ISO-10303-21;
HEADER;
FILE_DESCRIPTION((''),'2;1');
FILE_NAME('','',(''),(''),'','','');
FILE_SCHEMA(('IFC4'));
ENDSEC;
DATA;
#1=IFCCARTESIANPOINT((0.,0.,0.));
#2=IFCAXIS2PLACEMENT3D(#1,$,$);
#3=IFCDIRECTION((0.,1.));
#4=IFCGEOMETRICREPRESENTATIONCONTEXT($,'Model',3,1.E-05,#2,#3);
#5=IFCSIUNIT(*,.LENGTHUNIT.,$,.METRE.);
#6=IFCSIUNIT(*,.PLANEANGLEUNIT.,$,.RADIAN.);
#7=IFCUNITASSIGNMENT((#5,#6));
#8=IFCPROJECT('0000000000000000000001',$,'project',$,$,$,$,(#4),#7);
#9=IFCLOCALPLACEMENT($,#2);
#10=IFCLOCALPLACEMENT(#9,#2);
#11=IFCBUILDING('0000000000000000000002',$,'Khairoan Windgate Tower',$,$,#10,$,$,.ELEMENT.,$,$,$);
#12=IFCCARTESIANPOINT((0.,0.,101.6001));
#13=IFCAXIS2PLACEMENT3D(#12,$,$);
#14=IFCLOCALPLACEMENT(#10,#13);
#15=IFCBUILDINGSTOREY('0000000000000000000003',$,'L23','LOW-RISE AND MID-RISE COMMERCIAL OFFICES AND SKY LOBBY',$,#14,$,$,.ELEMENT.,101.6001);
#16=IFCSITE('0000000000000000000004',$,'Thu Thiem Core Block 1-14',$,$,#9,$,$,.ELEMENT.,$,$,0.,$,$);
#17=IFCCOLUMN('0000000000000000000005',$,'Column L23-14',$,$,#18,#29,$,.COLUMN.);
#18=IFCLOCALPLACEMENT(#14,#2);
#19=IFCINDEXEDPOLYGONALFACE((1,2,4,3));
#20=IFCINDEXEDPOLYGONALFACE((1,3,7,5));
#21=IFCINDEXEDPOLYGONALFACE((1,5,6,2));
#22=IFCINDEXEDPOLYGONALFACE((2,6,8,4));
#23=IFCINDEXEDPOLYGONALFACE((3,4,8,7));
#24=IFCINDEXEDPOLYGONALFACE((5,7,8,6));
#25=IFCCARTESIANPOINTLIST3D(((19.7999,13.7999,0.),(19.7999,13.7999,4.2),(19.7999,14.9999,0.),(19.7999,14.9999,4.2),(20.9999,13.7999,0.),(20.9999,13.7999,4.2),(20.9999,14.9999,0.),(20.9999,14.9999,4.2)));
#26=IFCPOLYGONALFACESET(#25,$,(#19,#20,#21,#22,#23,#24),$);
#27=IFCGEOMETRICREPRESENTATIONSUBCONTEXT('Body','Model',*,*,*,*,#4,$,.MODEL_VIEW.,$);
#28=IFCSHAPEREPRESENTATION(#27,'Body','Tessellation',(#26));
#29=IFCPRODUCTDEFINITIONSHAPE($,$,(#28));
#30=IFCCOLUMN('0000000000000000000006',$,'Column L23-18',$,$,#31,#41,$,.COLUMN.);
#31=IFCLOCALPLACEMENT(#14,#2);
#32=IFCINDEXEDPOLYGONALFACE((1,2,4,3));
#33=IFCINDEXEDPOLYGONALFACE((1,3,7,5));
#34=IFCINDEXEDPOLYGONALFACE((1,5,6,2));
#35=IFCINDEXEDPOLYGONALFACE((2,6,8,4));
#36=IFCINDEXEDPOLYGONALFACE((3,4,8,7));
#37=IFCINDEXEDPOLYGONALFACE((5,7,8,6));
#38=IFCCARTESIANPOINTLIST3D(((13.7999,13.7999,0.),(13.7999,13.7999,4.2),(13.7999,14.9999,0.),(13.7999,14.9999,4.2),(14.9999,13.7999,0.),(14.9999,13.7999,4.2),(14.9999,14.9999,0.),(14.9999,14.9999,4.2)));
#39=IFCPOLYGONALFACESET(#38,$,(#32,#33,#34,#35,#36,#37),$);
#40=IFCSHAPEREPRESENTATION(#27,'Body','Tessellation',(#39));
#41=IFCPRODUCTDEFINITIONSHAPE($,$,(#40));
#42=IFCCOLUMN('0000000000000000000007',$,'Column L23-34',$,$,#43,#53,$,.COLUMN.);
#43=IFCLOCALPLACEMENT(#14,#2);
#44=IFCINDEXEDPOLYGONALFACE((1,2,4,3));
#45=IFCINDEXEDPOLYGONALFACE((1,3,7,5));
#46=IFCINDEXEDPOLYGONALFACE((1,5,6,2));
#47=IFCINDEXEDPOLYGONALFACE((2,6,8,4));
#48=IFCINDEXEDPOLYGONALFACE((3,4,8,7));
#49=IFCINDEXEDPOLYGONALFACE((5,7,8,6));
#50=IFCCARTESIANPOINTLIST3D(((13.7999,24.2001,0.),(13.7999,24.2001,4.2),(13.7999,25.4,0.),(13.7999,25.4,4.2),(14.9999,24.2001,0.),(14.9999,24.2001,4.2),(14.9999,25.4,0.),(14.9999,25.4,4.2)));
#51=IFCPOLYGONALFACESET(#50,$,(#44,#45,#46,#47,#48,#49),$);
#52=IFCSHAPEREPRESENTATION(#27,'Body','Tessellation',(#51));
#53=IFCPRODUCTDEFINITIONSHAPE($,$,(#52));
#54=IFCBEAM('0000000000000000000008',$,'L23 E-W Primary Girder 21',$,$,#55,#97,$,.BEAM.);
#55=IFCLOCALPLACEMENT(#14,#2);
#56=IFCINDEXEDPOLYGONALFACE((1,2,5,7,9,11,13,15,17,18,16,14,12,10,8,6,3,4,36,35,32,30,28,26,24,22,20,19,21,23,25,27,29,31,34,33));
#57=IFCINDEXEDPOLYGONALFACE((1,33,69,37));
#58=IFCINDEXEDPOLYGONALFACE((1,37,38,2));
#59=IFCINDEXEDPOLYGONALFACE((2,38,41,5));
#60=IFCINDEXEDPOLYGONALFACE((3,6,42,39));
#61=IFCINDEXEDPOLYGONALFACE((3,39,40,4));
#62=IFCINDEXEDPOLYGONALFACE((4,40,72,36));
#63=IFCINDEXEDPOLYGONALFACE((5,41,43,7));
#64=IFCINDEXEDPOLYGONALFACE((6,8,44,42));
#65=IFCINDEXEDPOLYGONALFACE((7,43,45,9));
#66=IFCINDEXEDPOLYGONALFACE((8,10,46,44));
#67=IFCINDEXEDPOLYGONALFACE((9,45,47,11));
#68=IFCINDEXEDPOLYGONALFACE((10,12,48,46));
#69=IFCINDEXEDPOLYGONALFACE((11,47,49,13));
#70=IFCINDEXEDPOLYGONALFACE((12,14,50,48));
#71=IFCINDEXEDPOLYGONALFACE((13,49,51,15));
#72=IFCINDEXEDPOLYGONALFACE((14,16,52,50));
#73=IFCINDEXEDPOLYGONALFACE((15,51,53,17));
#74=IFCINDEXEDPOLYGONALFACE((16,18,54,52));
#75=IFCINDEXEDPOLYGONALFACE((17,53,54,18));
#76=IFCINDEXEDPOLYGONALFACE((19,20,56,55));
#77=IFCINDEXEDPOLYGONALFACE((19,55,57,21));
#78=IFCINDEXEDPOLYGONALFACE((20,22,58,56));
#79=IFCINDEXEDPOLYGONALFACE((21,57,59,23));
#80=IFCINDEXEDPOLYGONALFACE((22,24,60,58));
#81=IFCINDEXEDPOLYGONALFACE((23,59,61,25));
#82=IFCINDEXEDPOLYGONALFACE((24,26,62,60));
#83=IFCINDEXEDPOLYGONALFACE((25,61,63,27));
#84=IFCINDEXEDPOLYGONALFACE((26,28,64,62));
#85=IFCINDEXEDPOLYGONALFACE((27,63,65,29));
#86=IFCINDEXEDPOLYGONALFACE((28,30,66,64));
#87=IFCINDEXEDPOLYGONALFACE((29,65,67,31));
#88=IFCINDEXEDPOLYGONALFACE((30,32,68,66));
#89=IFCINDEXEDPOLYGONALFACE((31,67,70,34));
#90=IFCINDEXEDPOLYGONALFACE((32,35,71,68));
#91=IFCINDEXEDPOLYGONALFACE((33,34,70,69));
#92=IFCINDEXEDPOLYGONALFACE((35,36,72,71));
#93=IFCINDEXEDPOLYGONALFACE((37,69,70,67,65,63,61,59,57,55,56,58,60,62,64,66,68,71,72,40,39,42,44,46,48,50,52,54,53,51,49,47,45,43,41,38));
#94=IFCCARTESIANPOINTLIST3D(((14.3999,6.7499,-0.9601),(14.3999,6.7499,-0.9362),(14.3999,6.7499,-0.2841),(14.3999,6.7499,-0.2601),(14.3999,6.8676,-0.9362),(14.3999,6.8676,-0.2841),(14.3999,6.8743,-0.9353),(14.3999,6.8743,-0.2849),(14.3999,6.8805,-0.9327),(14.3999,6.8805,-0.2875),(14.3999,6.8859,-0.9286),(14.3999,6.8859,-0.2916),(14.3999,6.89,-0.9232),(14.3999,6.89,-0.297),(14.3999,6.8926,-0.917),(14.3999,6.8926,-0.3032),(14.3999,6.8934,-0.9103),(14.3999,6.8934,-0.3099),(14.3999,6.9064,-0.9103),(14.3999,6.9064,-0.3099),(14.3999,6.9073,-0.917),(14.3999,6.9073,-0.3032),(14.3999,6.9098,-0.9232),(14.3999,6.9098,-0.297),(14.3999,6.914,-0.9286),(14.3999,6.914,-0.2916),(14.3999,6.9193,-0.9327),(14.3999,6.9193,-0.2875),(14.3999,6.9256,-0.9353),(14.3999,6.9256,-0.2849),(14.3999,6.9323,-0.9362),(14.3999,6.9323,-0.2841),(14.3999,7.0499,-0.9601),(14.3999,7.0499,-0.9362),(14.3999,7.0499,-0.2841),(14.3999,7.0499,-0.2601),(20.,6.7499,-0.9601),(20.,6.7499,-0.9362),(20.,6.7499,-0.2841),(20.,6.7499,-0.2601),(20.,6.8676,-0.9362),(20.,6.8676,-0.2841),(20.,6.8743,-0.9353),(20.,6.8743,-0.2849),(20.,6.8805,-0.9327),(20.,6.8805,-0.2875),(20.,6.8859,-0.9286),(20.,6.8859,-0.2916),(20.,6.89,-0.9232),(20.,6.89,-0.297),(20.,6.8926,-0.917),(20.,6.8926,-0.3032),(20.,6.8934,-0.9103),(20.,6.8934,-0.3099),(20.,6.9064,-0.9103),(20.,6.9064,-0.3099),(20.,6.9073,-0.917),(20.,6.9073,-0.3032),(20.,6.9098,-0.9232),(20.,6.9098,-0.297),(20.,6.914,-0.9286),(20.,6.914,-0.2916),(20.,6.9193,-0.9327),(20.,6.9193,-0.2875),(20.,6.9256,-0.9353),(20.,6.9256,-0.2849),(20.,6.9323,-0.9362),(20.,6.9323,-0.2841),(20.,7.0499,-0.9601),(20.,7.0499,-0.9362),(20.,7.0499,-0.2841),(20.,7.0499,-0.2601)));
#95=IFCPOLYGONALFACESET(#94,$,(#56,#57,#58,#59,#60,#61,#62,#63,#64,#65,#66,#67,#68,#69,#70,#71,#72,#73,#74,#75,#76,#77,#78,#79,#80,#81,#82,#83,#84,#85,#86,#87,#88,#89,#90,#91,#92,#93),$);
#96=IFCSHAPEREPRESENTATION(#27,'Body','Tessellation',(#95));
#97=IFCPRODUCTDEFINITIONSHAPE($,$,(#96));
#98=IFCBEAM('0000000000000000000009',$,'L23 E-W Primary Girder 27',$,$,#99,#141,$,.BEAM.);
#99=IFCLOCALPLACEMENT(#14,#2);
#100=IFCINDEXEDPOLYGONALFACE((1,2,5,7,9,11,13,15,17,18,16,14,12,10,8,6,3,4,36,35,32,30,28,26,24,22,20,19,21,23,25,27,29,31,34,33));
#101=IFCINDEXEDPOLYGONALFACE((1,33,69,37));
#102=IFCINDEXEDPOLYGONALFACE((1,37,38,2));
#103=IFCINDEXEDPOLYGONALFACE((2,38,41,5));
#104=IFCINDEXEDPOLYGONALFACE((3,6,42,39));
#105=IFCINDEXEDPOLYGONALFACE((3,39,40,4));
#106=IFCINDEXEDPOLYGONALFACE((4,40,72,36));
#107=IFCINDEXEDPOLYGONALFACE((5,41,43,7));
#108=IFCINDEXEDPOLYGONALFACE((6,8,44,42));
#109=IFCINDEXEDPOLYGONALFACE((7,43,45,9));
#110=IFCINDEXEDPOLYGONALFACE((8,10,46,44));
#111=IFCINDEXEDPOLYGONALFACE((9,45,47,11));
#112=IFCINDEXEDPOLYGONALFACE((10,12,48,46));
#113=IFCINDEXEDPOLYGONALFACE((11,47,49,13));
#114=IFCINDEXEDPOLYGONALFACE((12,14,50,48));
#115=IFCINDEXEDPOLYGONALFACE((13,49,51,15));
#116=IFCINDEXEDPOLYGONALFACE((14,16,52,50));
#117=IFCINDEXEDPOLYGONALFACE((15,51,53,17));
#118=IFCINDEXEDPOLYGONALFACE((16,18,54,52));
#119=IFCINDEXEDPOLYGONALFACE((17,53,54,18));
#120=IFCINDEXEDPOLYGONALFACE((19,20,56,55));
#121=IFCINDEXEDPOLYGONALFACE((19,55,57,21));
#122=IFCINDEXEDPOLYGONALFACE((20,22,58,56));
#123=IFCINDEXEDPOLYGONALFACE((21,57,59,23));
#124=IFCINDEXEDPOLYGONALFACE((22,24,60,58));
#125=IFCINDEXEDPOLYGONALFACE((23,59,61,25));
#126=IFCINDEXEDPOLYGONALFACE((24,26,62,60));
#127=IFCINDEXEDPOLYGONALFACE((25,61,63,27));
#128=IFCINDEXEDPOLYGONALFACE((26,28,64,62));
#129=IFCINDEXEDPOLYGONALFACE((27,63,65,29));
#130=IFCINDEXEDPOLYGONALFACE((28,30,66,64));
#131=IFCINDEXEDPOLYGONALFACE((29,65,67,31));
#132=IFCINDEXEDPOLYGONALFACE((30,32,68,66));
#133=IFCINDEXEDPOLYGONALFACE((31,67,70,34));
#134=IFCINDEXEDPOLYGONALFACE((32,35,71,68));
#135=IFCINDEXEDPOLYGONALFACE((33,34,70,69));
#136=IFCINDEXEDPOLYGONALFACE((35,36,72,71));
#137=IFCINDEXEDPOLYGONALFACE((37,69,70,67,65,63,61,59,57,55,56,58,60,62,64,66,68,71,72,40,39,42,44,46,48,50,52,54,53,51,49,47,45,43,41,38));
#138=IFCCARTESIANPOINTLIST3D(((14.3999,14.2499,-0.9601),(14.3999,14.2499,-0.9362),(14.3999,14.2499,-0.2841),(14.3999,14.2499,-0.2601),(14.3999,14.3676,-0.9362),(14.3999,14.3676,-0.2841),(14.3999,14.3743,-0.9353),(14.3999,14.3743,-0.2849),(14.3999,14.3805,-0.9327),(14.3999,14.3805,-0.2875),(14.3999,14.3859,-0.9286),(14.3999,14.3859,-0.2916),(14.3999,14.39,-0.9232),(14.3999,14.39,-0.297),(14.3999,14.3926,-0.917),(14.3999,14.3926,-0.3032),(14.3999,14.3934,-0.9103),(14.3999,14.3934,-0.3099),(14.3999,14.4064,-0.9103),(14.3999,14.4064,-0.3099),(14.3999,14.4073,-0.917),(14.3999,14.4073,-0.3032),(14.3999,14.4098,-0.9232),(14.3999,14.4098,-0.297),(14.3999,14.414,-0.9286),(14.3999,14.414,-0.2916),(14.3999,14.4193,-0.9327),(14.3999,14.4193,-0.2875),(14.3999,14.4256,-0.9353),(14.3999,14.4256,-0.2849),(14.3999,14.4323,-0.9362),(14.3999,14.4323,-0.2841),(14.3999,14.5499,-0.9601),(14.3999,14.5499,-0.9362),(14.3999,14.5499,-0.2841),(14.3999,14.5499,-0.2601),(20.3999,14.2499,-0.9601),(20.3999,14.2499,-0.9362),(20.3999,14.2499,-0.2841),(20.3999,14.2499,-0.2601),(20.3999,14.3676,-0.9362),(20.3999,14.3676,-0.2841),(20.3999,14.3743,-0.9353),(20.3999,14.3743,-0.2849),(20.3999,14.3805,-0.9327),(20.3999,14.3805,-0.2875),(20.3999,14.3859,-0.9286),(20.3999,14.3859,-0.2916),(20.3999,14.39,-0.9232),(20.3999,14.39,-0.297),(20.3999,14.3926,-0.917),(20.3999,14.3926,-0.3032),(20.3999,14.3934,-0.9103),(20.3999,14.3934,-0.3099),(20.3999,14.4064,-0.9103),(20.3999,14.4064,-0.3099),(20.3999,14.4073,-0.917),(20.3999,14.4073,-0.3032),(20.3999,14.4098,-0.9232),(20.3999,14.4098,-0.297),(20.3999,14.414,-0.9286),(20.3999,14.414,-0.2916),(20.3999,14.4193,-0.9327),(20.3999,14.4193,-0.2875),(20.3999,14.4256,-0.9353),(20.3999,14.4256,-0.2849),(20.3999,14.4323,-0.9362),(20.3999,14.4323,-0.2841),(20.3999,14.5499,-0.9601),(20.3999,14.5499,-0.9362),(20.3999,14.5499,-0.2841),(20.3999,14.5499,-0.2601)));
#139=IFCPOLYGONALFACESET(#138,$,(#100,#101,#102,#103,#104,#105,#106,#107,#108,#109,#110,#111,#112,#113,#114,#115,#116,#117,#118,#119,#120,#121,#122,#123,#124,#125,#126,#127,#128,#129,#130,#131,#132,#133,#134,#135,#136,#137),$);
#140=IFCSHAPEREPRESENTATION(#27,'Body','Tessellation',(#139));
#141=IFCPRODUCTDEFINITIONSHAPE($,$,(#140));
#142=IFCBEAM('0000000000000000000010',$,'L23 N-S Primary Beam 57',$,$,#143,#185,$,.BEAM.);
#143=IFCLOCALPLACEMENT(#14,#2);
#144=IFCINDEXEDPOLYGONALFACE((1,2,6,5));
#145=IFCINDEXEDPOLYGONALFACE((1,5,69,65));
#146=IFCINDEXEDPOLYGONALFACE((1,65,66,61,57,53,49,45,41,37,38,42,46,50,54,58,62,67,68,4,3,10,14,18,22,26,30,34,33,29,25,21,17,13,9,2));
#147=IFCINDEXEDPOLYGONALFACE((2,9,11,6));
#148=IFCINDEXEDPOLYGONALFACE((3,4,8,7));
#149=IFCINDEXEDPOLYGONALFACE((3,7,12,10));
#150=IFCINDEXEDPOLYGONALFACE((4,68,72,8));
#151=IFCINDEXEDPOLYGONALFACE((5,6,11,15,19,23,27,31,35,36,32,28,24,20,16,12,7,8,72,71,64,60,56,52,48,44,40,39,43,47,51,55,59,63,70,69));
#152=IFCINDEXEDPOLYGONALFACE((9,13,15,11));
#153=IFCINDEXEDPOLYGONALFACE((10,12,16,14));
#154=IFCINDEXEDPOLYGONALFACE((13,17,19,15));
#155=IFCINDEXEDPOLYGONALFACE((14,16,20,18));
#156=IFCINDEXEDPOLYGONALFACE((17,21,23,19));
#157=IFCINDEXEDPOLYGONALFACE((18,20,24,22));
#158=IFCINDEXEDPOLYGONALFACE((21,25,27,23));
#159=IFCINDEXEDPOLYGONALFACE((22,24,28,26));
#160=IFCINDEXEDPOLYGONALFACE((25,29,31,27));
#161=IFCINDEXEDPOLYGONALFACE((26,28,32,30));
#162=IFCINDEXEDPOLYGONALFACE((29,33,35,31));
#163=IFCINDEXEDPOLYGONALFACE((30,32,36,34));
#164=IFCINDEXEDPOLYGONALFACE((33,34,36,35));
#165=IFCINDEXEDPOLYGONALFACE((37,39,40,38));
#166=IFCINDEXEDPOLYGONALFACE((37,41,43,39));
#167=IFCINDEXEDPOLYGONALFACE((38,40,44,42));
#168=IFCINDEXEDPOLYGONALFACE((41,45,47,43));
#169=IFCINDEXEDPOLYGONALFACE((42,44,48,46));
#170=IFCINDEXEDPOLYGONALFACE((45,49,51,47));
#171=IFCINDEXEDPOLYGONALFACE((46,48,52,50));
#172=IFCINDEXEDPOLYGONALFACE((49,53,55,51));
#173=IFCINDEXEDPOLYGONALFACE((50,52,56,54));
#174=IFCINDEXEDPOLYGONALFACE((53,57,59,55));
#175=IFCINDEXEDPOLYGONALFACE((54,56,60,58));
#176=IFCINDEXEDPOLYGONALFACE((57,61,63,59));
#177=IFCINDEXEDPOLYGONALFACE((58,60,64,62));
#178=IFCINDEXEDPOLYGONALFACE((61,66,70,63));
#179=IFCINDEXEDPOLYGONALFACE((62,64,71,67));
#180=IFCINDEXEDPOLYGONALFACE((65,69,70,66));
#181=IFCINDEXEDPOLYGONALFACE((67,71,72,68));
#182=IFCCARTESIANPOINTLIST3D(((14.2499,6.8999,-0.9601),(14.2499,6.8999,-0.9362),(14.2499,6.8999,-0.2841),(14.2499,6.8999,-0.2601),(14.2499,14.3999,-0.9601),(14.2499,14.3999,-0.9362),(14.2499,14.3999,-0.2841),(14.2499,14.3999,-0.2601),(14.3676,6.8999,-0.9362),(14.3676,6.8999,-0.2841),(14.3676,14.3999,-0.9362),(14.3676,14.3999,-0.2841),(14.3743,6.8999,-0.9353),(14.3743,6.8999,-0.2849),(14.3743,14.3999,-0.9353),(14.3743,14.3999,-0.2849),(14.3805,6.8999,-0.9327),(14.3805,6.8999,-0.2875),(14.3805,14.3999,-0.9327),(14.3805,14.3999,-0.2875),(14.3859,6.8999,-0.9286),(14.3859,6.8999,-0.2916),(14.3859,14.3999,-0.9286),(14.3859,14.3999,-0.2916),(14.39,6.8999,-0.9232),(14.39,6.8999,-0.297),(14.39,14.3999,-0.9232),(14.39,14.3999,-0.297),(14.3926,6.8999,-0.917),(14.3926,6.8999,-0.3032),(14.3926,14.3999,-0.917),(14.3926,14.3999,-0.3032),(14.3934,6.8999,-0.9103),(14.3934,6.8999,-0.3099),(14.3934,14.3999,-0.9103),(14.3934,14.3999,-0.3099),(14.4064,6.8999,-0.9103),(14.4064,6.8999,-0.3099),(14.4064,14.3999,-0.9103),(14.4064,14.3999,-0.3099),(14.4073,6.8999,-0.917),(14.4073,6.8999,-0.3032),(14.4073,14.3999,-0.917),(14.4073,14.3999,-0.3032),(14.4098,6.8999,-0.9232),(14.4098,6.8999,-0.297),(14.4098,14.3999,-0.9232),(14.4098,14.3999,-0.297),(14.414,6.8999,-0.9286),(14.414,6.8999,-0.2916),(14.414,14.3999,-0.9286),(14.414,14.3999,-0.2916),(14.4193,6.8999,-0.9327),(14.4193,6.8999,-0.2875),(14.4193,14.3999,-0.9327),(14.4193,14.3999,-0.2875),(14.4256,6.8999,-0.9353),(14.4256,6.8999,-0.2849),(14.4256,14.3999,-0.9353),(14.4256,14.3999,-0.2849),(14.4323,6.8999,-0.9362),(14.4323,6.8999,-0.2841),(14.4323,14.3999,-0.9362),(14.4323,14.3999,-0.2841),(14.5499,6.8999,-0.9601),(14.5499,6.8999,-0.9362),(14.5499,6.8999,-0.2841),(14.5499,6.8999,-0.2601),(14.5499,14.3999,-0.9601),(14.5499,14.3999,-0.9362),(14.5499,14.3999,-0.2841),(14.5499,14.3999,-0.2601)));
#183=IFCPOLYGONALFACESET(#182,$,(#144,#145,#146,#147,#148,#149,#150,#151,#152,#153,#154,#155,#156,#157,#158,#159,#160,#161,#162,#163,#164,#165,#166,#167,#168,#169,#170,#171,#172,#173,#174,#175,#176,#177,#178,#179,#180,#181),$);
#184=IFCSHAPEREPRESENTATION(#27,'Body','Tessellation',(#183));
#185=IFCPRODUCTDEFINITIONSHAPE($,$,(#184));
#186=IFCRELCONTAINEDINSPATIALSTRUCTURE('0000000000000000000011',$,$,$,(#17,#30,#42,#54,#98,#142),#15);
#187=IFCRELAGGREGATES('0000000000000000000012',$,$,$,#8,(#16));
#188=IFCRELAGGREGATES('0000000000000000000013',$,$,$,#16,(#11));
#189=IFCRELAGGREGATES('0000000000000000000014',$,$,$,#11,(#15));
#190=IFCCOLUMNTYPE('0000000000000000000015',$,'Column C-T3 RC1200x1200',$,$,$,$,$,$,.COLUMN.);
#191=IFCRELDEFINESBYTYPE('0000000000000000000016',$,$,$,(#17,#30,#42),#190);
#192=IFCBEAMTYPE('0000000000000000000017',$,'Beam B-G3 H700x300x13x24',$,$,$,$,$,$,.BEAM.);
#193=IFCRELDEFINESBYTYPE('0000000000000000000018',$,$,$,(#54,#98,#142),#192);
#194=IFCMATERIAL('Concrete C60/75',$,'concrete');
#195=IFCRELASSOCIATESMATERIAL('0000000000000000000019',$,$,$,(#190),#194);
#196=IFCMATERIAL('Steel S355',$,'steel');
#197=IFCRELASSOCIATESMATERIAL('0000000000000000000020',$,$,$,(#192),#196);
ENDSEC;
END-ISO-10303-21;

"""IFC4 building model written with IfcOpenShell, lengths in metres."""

from ifc_helpers import new_model, si_unit, direction, frame, origin, origin_2d, place, context, subcontext, project, spatial, rectangle, i_section, extrude, material, material_profile, profile_set, type_object, element, save


model = new_model("IFC4")

# Units and contexts
model_context = context("Model", 3, precision=1e-05, world=origin(), true_north=direction((0.0, 1.0)))
body_context = subcontext(model_context, "Body", "Model", "MODEL_VIEW")
ifc_project = project(units=[si_unit("LENGTHUNIT", "METRE"), si_unit("PLANEANGLEUNIT", "RADIAN")], contexts=[model_context])

# Site, building, storey
site_placement = place(None, origin())
site = spatial("IfcSite", under=ifc_project, at=site_placement, Name="Thu Thiem Core Block 1-14", CompositionType="ELEMENT", RefElevation=0.0)
building_placement = place(site_placement, origin())
building = spatial("IfcBuilding", under=site, at=building_placement, Name="Khairoan Windgate Tower", CompositionType="ELEMENT")
storey_placement = place(building_placement, frame((0.0, 0.0, 101.6001)))
storey = spatial("IfcBuildingStorey", under=building, at=storey_placement, Name="L23", Description="LOW-RISE AND MID-RISE COMMERCIAL OFFICES AND SKY LOBBY", CompositionType="ELEMENT", Elevation=101.6001)

# Columns
ifc_material_1 = material(Name="Concrete C60/75", Category="concrete")
ifc_material_profile_1 = material_profile(ifc_material_1, rectangle(XDim=1.2, YDim=1.2, at=origin_2d()))
ifc_profile_set_1 = profile_set([ifc_material_profile_1], Name="Concrete C60/75")
column_type = type_object("IfcColumnType", Name="Column C-T3 RC1200x1200", PredefinedType="COLUMN", material=ifc_profile_set_1)
for number, where, z_axis, x_axis, name in (
    (1, (20.3999, 14.3999, 0.0), (0.0, 0.0, 1.0), (1.0, 0.0, 0.0), "Column L23-14"),
    (2, (14.3999, 14.3999, 0.0), (0.0, 0.0, 1.0), (1.0, 0.0, 0.0), "Column L23-18"),
    (3, (14.3999, 24.8, 0.0), (0.0, 0.0, 1.0), (1.0, 0.0, 0.0), "Column L23-34"),
):
    element("IfcColumn", number, at=place(storey_placement, frame(where, z_axis=z_axis, x_axis=x_axis)), inside=storey, type_object=column_type, Name=name, PredefinedType="COLUMN", context=body_context, shape_type="SweptSolid", body=[
        extrude(rectangle(XDim=1.2, YDim=1.2, at=origin_2d()), origin(), (0.0, 0.0, 1.0), 4.2),
    ])

# Beams
ifc_material_2 = material(Name="Steel S355", Category="steel")
ifc_material_profile_2 = material_profile(ifc_material_2, i_section(OverallWidth=0.3, OverallDepth=0.7, WebThickness=0.0129, FlangeThickness=0.0239, FilletRadius=0.0259, at=origin_2d()))
ifc_profile_set_2 = profile_set([ifc_material_profile_2], Name="Steel S355")
beam_type_1 = type_object("IfcBeamType", Name="Beam B-G3 H700x300x13x24", PredefinedType="BEAM", material=ifc_profile_set_2)
beam_1_placement = place(storey_placement, frame((14.3999, 6.8999, -0.6101), z_axis=(1.0, 0.0, 0.0), x_axis=(0.0, 1.0, 0.0)))
element("IfcBeam", 4, at=beam_1_placement, inside=storey, type_object=beam_type_1, Name="L23 E-W Primary Girder 21", PredefinedType="BEAM", context=body_context, shape_type="SweptSolid", body=[
    extrude(i_section(OverallWidth=0.3, OverallDepth=0.7, WebThickness=0.0129, FlangeThickness=0.0239, FilletRadius=0.0259, at=origin_2d()), origin(), (0.0, 0.0, 1.0), 5.6001),
])
beam_2_placement = place(storey_placement, frame((14.3999, 14.3999, -0.6101), z_axis=(1.0, 0.0, 0.0), x_axis=(0.0, 1.0, 0.0)))
element("IfcBeam", 5, at=beam_2_placement, inside=storey, type_object=beam_type_1, Name="L23 E-W Primary Girder 27", PredefinedType="BEAM", context=body_context, shape_type="SweptSolid", body=[
    extrude(i_section(OverallWidth=0.3, OverallDepth=0.7, WebThickness=0.0129, FlangeThickness=0.0239, FilletRadius=0.0259, at=origin_2d()), origin(), (0.0, 0.0, 1.0), 6.0),
])
beam_3_placement = place(storey_placement, frame((14.3999, 6.8999, -0.6101), z_axis=(0.0, 1.0, 0.0), x_axis=(-1.0, 0.0, 0.0)))
element("IfcBeam", 6, at=beam_3_placement, inside=storey, type_object=beam_type_1, Name="L23 N-S Primary Beam 57", PredefinedType="BEAM", context=body_context, shape_type="SweptSolid", body=[
    extrude(i_section(OverallWidth=0.3, OverallDepth=0.7, WebThickness=0.0129, FlangeThickness=0.0239, FilletRadius=0.0259, at=origin_2d()), origin(), (0.0, 0.0, 1.0), 7.5),
])

save(model, "model.ifc")
